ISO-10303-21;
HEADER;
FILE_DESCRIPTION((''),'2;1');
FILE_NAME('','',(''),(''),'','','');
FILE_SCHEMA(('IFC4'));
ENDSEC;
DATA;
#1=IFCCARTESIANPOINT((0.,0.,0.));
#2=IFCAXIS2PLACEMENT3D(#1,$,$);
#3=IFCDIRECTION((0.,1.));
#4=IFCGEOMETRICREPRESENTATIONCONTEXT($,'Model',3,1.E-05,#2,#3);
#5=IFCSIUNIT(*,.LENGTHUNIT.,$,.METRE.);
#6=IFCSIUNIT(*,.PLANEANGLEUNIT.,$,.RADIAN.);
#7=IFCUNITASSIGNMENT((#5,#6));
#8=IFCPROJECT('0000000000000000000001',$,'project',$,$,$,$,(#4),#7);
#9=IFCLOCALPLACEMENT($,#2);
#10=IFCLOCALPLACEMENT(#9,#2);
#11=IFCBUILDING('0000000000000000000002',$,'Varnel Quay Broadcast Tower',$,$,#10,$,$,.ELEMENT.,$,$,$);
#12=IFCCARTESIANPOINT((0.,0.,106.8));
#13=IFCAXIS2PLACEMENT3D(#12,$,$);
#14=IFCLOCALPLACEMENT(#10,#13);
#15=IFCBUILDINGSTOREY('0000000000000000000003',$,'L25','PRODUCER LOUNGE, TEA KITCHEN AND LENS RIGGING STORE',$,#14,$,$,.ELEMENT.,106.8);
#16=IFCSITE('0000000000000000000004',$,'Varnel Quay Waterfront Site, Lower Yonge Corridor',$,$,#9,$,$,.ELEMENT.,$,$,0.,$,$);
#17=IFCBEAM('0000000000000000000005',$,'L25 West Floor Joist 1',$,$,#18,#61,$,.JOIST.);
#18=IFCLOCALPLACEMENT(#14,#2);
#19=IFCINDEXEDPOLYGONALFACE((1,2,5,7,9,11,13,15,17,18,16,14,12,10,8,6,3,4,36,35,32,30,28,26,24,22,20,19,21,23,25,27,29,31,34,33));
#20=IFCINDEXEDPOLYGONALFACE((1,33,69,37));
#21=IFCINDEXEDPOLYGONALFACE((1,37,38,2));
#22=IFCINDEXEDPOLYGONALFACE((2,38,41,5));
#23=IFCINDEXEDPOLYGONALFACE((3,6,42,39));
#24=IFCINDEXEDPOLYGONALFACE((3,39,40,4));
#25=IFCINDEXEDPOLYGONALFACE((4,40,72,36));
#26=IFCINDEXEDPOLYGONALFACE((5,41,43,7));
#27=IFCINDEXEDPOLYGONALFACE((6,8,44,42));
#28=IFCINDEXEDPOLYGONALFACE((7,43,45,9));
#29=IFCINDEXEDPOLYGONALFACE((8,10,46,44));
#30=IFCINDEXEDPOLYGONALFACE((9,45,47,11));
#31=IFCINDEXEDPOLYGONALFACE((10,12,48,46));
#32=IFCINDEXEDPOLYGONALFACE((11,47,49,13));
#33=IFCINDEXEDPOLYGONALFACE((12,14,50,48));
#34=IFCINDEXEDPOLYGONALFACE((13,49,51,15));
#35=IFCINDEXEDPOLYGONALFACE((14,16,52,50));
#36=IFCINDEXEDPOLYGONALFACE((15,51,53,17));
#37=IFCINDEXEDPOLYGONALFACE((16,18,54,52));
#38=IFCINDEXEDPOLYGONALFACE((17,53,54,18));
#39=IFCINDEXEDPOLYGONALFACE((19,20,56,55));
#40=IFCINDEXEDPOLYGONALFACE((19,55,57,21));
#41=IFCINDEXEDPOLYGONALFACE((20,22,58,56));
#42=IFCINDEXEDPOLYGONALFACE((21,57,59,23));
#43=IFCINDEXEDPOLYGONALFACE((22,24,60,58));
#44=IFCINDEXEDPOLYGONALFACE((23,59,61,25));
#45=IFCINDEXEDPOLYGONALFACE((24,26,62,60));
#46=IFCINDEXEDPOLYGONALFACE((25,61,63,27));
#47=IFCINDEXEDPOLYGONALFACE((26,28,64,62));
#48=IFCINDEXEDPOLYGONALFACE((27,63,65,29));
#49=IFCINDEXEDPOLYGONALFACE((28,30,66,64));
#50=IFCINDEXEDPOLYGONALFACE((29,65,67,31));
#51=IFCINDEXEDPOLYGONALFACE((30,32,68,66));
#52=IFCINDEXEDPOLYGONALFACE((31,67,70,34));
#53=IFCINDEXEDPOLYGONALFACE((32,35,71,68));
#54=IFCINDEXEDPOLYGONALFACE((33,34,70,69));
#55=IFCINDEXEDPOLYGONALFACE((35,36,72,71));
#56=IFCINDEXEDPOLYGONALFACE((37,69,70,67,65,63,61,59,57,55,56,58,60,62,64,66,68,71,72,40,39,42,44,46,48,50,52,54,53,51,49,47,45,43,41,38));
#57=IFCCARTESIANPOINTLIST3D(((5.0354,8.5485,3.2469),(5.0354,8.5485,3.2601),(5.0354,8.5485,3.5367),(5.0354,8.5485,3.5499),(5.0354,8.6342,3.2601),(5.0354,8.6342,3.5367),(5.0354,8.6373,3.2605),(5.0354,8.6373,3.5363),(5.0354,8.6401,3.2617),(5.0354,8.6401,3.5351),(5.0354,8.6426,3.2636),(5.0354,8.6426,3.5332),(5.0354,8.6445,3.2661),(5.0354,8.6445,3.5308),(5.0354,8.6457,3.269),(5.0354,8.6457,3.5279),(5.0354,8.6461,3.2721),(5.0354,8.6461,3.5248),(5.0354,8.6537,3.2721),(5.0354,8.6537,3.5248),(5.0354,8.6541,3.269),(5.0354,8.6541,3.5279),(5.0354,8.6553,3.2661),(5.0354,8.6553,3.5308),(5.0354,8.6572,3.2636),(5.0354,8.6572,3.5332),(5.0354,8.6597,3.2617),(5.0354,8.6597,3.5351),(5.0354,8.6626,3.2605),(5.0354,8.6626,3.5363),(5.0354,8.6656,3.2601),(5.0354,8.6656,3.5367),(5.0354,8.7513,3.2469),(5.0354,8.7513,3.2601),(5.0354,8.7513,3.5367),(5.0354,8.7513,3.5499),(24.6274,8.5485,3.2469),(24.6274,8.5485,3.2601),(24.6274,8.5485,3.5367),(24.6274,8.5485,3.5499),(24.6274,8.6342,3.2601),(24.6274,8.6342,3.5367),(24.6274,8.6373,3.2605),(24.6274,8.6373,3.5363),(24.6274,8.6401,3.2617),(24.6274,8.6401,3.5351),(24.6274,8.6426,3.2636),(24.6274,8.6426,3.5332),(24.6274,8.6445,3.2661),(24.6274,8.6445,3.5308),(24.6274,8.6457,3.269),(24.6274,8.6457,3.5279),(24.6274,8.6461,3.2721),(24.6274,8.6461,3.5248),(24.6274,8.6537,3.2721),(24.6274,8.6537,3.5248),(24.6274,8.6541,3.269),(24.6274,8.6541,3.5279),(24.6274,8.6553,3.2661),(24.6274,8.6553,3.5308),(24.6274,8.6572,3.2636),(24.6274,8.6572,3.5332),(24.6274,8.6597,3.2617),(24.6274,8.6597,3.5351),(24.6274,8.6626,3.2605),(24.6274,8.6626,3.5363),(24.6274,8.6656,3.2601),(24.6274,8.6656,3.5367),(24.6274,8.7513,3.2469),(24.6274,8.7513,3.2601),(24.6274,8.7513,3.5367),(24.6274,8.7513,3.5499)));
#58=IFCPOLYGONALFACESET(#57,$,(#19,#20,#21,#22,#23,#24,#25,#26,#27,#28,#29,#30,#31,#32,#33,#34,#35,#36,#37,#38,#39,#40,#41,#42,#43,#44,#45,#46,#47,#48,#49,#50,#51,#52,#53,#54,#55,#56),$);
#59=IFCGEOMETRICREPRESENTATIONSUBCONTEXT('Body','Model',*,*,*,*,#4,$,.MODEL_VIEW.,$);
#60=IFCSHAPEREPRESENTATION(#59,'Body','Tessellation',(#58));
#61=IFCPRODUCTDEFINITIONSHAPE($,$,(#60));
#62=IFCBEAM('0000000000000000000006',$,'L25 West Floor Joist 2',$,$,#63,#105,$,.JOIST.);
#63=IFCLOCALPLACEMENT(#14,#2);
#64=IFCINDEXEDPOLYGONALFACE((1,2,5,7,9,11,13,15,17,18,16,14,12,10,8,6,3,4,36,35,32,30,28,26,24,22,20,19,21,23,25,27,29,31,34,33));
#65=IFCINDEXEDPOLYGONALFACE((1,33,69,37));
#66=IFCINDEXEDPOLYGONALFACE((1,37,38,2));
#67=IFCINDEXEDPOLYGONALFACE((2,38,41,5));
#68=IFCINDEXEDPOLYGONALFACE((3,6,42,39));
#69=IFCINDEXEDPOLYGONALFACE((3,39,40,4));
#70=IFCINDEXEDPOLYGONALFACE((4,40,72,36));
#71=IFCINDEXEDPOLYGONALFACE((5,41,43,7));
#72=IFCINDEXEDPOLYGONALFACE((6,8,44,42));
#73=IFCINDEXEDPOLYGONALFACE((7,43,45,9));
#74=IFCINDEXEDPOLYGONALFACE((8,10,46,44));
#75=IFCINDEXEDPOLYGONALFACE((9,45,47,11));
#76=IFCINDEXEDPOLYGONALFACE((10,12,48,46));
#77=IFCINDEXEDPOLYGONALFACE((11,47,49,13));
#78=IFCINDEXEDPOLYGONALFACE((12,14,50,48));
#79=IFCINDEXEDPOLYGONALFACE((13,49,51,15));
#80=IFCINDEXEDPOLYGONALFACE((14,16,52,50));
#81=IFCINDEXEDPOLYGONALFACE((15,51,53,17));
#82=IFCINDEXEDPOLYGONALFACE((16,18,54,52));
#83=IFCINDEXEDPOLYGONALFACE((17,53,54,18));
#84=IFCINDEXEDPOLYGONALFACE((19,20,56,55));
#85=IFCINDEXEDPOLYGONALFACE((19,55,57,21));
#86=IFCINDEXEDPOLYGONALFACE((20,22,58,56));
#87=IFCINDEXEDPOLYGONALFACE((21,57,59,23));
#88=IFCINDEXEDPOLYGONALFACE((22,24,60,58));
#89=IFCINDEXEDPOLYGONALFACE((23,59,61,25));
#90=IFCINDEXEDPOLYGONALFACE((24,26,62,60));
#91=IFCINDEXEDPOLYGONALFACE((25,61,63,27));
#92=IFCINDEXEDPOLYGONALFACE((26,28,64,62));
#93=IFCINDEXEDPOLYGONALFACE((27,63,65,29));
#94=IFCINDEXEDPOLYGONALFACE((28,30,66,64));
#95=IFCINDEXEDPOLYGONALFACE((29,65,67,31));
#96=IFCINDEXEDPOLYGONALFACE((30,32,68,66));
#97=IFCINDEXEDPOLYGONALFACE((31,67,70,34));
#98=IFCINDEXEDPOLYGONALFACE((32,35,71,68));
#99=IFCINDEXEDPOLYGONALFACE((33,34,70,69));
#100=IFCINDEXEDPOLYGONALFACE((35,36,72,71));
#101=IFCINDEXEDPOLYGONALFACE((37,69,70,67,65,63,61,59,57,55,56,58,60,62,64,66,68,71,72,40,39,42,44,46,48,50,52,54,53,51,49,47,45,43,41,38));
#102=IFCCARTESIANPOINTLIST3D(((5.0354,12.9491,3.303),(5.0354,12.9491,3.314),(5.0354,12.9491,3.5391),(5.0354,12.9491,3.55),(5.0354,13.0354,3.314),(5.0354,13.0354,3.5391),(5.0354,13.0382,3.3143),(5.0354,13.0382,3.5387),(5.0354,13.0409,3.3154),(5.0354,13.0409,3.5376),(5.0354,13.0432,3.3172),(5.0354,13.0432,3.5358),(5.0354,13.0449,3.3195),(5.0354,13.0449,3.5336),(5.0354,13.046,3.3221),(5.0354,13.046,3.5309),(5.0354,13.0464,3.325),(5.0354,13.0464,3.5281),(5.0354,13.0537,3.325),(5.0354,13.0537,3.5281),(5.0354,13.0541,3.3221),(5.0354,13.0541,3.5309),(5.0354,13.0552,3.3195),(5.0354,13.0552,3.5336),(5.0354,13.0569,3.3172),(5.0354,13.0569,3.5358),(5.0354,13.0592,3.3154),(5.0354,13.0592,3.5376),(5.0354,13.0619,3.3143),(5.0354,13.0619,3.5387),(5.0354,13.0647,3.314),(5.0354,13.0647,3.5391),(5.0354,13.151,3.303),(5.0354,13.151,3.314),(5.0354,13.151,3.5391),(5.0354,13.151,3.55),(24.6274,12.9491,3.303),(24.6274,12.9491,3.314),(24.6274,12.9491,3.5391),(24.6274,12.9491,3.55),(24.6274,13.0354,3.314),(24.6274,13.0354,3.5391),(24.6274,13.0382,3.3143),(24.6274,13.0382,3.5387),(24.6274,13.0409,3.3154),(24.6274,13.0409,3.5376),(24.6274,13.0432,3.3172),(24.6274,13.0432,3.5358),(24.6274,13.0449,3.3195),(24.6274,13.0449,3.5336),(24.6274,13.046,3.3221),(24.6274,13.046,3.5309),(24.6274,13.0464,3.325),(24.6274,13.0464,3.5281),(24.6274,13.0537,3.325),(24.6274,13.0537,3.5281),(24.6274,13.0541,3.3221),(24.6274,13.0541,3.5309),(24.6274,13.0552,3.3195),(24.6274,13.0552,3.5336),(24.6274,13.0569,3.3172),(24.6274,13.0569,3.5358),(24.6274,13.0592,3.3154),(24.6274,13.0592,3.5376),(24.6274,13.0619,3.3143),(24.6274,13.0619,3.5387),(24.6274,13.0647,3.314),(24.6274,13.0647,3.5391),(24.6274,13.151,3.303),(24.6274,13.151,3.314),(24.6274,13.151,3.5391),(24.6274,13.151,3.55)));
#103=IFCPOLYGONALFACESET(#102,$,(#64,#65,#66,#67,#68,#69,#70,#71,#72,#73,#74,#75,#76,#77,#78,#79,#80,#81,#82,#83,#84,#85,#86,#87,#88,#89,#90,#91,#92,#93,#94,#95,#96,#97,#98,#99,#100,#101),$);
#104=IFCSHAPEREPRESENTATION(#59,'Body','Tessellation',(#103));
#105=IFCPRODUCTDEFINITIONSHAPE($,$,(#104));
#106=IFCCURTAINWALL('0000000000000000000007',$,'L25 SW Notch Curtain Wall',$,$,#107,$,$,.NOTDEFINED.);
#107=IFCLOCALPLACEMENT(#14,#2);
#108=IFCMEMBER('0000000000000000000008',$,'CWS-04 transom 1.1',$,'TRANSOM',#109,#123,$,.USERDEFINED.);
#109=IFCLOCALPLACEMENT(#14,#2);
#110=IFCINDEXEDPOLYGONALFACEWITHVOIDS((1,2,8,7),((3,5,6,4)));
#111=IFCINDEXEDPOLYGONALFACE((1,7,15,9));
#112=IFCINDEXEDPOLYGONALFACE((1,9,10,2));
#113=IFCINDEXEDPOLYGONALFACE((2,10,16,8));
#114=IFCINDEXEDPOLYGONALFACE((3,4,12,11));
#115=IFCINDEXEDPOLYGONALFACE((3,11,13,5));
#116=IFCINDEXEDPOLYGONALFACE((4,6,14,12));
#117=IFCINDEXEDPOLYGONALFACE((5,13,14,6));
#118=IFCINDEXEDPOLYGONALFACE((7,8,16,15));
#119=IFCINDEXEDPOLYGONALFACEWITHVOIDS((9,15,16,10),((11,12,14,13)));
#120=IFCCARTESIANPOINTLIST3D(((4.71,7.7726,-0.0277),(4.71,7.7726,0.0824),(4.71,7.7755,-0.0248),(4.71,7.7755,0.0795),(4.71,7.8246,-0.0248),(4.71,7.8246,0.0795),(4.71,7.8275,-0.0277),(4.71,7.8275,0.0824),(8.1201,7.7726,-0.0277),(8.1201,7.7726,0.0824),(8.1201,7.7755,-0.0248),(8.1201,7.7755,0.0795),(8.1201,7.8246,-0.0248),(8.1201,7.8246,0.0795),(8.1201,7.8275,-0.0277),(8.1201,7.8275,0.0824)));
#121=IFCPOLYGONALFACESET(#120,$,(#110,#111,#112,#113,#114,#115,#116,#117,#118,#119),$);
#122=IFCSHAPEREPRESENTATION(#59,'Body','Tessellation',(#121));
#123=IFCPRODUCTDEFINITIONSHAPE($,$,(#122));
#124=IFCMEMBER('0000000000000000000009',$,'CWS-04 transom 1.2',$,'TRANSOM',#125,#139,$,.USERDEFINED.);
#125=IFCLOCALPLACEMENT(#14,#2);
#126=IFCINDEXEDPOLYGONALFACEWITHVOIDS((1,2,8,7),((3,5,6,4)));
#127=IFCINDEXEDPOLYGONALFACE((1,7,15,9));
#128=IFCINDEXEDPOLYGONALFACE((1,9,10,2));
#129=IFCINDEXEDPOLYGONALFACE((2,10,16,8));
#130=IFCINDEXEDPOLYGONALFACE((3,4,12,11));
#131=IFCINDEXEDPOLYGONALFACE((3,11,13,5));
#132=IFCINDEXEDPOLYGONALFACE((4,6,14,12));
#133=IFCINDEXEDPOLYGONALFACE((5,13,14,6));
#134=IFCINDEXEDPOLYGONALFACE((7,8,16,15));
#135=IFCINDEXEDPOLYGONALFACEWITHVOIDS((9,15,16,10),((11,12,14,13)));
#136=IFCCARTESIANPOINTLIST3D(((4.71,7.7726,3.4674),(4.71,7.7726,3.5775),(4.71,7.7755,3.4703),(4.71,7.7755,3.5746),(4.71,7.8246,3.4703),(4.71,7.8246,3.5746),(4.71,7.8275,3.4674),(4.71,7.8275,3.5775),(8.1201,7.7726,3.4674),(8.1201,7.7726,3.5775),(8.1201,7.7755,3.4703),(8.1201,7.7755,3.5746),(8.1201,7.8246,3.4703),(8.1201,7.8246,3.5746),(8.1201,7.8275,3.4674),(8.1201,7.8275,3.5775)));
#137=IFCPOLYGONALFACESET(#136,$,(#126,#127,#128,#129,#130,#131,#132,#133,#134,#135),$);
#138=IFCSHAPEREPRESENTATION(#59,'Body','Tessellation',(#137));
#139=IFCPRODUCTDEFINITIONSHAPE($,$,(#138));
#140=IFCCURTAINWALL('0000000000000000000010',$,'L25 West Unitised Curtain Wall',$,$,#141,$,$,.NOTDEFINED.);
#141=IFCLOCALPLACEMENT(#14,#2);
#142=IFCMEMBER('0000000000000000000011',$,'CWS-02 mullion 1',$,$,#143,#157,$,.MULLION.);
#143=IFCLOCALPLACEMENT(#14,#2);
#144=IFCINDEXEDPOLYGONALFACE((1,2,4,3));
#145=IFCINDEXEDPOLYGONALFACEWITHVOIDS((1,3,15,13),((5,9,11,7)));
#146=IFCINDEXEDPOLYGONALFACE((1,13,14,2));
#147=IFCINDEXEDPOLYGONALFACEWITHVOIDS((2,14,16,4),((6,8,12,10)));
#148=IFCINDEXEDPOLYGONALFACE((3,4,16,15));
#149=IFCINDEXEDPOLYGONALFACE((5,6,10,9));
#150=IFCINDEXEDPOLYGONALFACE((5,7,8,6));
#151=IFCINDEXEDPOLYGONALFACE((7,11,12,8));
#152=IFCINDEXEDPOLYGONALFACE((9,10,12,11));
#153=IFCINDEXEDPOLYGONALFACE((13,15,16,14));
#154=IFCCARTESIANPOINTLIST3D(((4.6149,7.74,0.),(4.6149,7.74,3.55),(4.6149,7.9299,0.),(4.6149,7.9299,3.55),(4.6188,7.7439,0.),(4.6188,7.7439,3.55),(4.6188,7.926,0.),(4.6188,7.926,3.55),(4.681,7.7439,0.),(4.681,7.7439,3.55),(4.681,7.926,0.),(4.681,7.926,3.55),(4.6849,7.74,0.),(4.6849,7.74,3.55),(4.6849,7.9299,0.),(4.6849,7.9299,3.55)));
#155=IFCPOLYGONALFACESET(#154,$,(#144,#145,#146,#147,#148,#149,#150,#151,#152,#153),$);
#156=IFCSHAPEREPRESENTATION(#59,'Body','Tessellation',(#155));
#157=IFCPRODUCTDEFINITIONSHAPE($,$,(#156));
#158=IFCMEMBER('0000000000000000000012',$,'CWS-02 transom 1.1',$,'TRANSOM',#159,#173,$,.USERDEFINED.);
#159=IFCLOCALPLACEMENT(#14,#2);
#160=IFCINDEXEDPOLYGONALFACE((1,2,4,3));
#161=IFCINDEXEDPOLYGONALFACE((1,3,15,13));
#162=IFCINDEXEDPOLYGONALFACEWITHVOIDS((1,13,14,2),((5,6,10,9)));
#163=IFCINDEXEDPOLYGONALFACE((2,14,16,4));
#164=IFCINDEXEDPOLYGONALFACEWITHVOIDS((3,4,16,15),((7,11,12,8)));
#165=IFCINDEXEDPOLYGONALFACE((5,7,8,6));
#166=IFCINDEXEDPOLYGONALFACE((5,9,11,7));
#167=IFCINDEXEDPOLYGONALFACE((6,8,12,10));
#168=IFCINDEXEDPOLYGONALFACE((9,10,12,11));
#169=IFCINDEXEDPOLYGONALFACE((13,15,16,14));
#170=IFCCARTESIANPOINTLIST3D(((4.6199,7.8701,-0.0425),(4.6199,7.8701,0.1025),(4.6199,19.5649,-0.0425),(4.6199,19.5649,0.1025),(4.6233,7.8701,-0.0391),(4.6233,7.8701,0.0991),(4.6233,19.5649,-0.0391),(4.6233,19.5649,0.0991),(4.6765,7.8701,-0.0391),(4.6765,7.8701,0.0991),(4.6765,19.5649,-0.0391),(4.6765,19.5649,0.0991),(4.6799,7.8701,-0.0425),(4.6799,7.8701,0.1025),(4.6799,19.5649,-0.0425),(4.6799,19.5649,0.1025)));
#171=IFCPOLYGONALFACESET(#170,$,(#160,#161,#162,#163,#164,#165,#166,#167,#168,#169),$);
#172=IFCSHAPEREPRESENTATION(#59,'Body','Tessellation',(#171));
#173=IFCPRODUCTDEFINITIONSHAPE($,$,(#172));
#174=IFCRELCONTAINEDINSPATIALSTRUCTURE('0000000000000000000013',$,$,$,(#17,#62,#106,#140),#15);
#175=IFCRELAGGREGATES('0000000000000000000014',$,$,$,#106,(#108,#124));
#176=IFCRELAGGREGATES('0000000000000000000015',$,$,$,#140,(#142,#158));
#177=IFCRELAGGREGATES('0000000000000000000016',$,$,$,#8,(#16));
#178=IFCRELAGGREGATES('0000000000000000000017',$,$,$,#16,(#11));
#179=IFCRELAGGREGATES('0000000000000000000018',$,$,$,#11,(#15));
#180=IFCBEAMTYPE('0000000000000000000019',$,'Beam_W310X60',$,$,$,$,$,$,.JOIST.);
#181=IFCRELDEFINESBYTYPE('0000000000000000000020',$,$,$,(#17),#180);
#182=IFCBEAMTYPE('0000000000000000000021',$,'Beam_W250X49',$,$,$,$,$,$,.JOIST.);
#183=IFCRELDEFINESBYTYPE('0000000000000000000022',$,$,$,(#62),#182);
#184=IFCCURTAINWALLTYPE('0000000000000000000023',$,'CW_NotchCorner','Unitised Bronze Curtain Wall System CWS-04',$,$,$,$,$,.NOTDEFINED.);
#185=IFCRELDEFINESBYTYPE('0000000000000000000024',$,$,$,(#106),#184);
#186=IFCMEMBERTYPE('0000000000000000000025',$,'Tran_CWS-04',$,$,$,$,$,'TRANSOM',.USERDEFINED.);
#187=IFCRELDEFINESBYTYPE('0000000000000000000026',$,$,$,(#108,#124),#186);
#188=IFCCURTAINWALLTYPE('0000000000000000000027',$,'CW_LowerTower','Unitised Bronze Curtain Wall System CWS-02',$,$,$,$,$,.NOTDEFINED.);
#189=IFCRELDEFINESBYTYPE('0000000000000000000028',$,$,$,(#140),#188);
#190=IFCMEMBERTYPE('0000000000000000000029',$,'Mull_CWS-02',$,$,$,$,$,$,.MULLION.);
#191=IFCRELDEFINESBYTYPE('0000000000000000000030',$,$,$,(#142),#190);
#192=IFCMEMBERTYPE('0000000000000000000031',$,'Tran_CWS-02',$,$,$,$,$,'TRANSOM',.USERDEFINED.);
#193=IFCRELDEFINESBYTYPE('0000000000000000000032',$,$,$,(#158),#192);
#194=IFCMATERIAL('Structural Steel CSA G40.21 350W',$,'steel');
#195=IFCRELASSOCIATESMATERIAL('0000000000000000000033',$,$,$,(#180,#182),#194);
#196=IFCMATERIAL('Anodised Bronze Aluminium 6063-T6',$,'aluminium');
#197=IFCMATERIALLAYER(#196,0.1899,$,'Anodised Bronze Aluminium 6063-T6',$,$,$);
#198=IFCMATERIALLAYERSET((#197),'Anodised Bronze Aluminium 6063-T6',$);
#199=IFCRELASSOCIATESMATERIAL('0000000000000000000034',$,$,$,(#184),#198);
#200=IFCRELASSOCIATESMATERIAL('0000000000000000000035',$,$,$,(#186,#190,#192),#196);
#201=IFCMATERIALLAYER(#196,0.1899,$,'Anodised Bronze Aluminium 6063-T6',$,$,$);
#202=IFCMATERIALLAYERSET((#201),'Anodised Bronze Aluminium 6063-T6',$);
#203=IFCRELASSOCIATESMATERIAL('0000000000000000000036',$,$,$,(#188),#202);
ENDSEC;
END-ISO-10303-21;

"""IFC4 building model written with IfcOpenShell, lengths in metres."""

from ifc_helpers import new_model, si_unit, direction, frame, origin, origin_2d, place, context, subcontext, project, spatial, hollow_rectangle, i_section, extrude, source, transform, mapped, material, layer, layer_set, material_profile, profile_set, type_object, type_shapes, element, aggregate, save


model = new_model("IFC4")

# Units and contexts
model_context = context("Model", 3, precision=1e-05, world=origin(), true_north=direction((0.0, 1.0)))
body_context = subcontext(model_context, "Body", "Model", "MODEL_VIEW")
ifc_project = project(units=[si_unit("LENGTHUNIT", "METRE"), si_unit("PLANEANGLEUNIT", "RADIAN")], contexts=[model_context])

# Site, building, storey
site_placement = place(None, origin())
site = spatial("IfcSite", under=ifc_project, at=site_placement, Name="Varnel Quay Waterfront Site, Lower Yonge Corridor", CompositionType="ELEMENT", RefElevation=0.0)
building_placement = place(site_placement, origin())
building = spatial("IfcBuilding", under=site, at=building_placement, Name="Varnel Quay Broadcast Tower", CompositionType="ELEMENT")
storey_placement = place(building_placement, frame((0.0, 0.0, 106.8)))
storey = spatial("IfcBuildingStorey", under=building, at=storey_placement, Name="L25", Description="PRODUCER LOUNGE, TEA KITCHEN AND LENS RIGGING STORE", CompositionType="ELEMENT", Elevation=106.8)

# Shared definitions
ifc_material_1 = material(Name="Structural Steel CSA G40.21 350W", Category="steel")

# Beams
ifc_material_profile_1 = material_profile(ifc_material_1, i_section(OverallWidth=0.2029, OverallDepth=0.303, WebThickness=0.0076, FlangeThickness=0.0132, FilletRadius=0.012, at=origin_2d()), Name="W310X60")
ifc_profile_set_1 = profile_set([ifc_material_profile_1], Name="Structural Steel CSA G40.21 350W")
beam_type_1 = type_object("IfcBeamType", Name="Beam_W310X60", PredefinedType="JOIST", material=ifc_profile_set_1)
shared_shape_1 = source(origin(), body_context, "Body", "SweptSolid", [
    extrude(i_section(OverallWidth=0.2029, OverallDepth=0.303, WebThickness=0.0076, FlangeThickness=0.0132, FilletRadius=0.012, at=origin_2d()), origin(), (0.0, 0.0, 1.0), 19.592),
])
type_shapes(beam_type_1, [shared_shape_1])
beam_1_placement = place(storey_placement, frame((5.0354, 8.6499, 3.3984), z_axis=(1.0, 0.0, 0.0), x_axis=(0.0, 1.0, 0.0)))
element("IfcBeam", 1, at=beam_1_placement, inside=storey, type_object=beam_type_1, Name="L25 West Floor Joist 1", PredefinedType="JOIST", context=body_context, shape_type="MappedRepresentation", body=[
    mapped(shared_shape_1, transform((0.0, 0.0, 0.0), x_axis=(1.0, 0.0, 0.0), y_axis=(0.0, 1.0, 0.0), z_axis=(0.0, 0.0, 1.0), scale=1.0)),
])
ifc_material_profile_2 = material_profile(ifc_material_1, i_section(OverallWidth=0.2019, OverallDepth=0.2471, WebThickness=0.0073, FlangeThickness=0.011, FilletRadius=0.011, at=origin_2d()), Name="W250X49")
ifc_profile_set_2 = profile_set([ifc_material_profile_2], Name="Structural Steel CSA G40.21 350W")
beam_type_2 = type_object("IfcBeamType", Name="Beam_W250X49", PredefinedType="JOIST", material=ifc_profile_set_2)
shared_shape_2 = source(origin(), body_context, "Body", "SweptSolid", [
    extrude(i_section(OverallWidth=0.2019, OverallDepth=0.2471, WebThickness=0.0073, FlangeThickness=0.011, FilletRadius=0.011, at=origin_2d()), origin(), (0.0, 0.0, 1.0), 19.592),
])
type_shapes(beam_type_2, [shared_shape_2])
beam_2_placement = place(storey_placement, frame((5.0354, 13.05, 3.4265), z_axis=(1.0, 0.0, 0.0), x_axis=(0.0, 1.0, 0.0)))
element("IfcBeam", 2, at=beam_2_placement, inside=storey, type_object=beam_type_2, Name="L25 West Floor Joist 2", PredefinedType="JOIST", context=body_context, shape_type="MappedRepresentation", body=[
    mapped(shared_shape_2, transform((0.0, 0.0, 0.0), x_axis=(1.0, 0.0, 0.0), y_axis=(0.0, 1.0, 0.0), z_axis=(0.0, 0.0, 1.0), scale=1.0)),
])

# Curtain walls, members
ifc_material_2 = material(Name="Anodised Bronze Aluminium 6063-T6", Category="aluminium")
ifc_layer_1 = layer(ifc_material_2, 0.1899, Name="Anodised Bronze Aluminium 6063-T6")
ifc_layer_set_1 = layer_set([ifc_layer_1], Name="Anodised Bronze Aluminium 6063-T6")
curtain_wall_type_1 = type_object("IfcCurtainWallType", Name="CW_NotchCorner", Description="Unitised Bronze Curtain Wall System CWS-04", PredefinedType="NOTDEFINED", material=ifc_layer_set_1)
curtain_wall_1_placement = place(storey_placement, origin())
curtain_wall_1 = element("IfcCurtainWall", 3, at=curtain_wall_1_placement, inside=storey, type_object=curtain_wall_type_1, Name="L25 SW Notch Curtain Wall", PredefinedType="NOTDEFINED")
ifc_material_profile_3 = material_profile(ifc_material_2, hollow_rectangle(XDim=0.0549, YDim=0.1101, WallThickness=0.0029, at=origin_2d()), Name="ALU55X110X3")
ifc_profile_set_3 = profile_set([ifc_material_profile_3], Name="Anodised Bronze Aluminium 6063-T6")
member_type_1 = type_object("IfcMemberType", Name="Tran_CWS-04", ElementType="TRANSOM", PredefinedType="USERDEFINED", material=ifc_profile_set_3)
shared_shape_3 = source(origin(), body_context, "Body", "SweptSolid", [
    extrude(hollow_rectangle(XDim=0.0549, YDim=0.1101, WallThickness=0.0029, at=origin_2d()), origin(), (0.0, 0.0, 1.0), 3.4102),
])
type_shapes(member_type_1, [shared_shape_3])
member_1_placement = place(storey_placement, frame((4.71, 7.8, 0.0273), z_axis=(1.0, 0.0, 0.0), x_axis=(0.0, 1.0, 0.0)))
member_1 = element("IfcMember", 4, at=member_1_placement, type_object=member_type_1, Name="CWS-04 transom 1.1", ObjectType="TRANSOM", PredefinedType="USERDEFINED", context=body_context, shape_type="MappedRepresentation", body=[
    mapped(shared_shape_3, transform((0.0, 0.0, 0.0), x_axis=(1.0, 0.0, 0.0), y_axis=(0.0, 1.0, 0.0), z_axis=(0.0, 0.0, 1.0), scale=1.0)),
])
member_2_placement = place(storey_placement, frame((4.71, 7.8, 3.5225), z_axis=(1.0, 0.0, 0.0), x_axis=(0.0, 1.0, 0.0)))
member_2 = element("IfcMember", 5, at=member_2_placement, type_object=member_type_1, Name="CWS-04 transom 1.2", ObjectType="TRANSOM", PredefinedType="USERDEFINED", context=body_context, shape_type="MappedRepresentation", body=[
    mapped(shared_shape_3, transform((0.0, 0.0, 0.0), x_axis=(1.0, 0.0, 0.0), y_axis=(0.0, 1.0, 0.0), z_axis=(0.0, 0.0, 1.0), scale=1.0)),
])
ifc_layer_2 = layer(ifc_material_2, 0.1899, Name="Anodised Bronze Aluminium 6063-T6")
ifc_layer_set_2 = layer_set([ifc_layer_2], Name="Anodised Bronze Aluminium 6063-T6")
curtain_wall_type_2 = type_object("IfcCurtainWallType", Name="CW_LowerTower", Description="Unitised Bronze Curtain Wall System CWS-02", PredefinedType="NOTDEFINED", material=ifc_layer_set_2)
curtain_wall_2_placement = place(storey_placement, origin())
curtain_wall_2 = element("IfcCurtainWall", 6, at=curtain_wall_2_placement, inside=storey, type_object=curtain_wall_type_2, Name="L25 West Unitised Curtain Wall", PredefinedType="NOTDEFINED")
ifc_material_profile_4 = material_profile(ifc_material_2, hollow_rectangle(XDim=0.0701, YDim=0.1899, WallThickness=0.0039, at=origin_2d()), Name="ALU70X190X4")
ifc_profile_set_4 = profile_set([ifc_material_profile_4], Name="Anodised Bronze Aluminium 6063-T6")
member_type_2 = type_object("IfcMemberType", Name="Mull_CWS-02", PredefinedType="MULLION", material=ifc_profile_set_4)
shared_shape_4 = source(origin(), body_context, "Body", "SweptSolid", [
    extrude(hollow_rectangle(XDim=0.0701, YDim=0.1899, WallThickness=0.0039, at=origin_2d()), origin(), (0.0, 0.0, 1.0), 3.55),
])
type_shapes(member_type_2, [shared_shape_4])
member_3_placement = place(storey_placement, frame((4.6499, 7.835, 0.0), z_axis=(0.0, 0.0, 1.0), x_axis=(-1.0, 0.0, 0.0)))
member_3 = element("IfcMember", 7, at=member_3_placement, type_object=member_type_2, Name="CWS-02 mullion 1", PredefinedType="MULLION", context=body_context, shape_type="MappedRepresentation", body=[
    mapped(shared_shape_4, transform((0.0, 0.0, 0.0), x_axis=(1.0, 0.0, 0.0), y_axis=(0.0, 1.0, 0.0), z_axis=(0.0, 0.0, 1.0), scale=1.0)),
])
ifc_material_profile_5 = material_profile(ifc_material_2, hollow_rectangle(XDim=0.0601, YDim=0.145, WallThickness=0.0034, at=origin_2d()), Name="ALU60X145X3.5")
ifc_profile_set_5 = profile_set([ifc_material_profile_5], Name="Anodised Bronze Aluminium 6063-T6")
member_type_3 = type_object("IfcMemberType", Name="Tran_CWS-02", ElementType="TRANSOM", PredefinedType="USERDEFINED", material=ifc_profile_set_5)
shared_shape_5 = source(origin(), body_context, "Body", "SweptSolid", [
    extrude(hollow_rectangle(XDim=0.0601, YDim=0.145, WallThickness=0.0034, at=origin_2d()), origin(), (0.0, 0.0, 1.0), 11.6948),
])
type_shapes(member_type_3, [shared_shape_5])
member_4_placement = place(storey_placement, frame((4.6499, 7.8701, 0.03), z_axis=(0.0, 1.0, 0.0), x_axis=(-1.0, 0.0, 0.0)))
member_4 = element("IfcMember", 8, at=member_4_placement, type_object=member_type_3, Name="CWS-02 transom 1.1", ObjectType="TRANSOM", PredefinedType="USERDEFINED", context=body_context, shape_type="MappedRepresentation", body=[
    mapped(shared_shape_5, transform((0.0, 0.0, 0.0), x_axis=(1.0, 0.0, 0.0), y_axis=(0.0, 1.0, 0.0), z_axis=(0.0, 0.0, 1.0), scale=1.0)),
])

aggregate(curtain_wall_1, [member_1, member_2])
aggregate(curtain_wall_2, [member_3, member_4])

save(model, "model.ifc")
